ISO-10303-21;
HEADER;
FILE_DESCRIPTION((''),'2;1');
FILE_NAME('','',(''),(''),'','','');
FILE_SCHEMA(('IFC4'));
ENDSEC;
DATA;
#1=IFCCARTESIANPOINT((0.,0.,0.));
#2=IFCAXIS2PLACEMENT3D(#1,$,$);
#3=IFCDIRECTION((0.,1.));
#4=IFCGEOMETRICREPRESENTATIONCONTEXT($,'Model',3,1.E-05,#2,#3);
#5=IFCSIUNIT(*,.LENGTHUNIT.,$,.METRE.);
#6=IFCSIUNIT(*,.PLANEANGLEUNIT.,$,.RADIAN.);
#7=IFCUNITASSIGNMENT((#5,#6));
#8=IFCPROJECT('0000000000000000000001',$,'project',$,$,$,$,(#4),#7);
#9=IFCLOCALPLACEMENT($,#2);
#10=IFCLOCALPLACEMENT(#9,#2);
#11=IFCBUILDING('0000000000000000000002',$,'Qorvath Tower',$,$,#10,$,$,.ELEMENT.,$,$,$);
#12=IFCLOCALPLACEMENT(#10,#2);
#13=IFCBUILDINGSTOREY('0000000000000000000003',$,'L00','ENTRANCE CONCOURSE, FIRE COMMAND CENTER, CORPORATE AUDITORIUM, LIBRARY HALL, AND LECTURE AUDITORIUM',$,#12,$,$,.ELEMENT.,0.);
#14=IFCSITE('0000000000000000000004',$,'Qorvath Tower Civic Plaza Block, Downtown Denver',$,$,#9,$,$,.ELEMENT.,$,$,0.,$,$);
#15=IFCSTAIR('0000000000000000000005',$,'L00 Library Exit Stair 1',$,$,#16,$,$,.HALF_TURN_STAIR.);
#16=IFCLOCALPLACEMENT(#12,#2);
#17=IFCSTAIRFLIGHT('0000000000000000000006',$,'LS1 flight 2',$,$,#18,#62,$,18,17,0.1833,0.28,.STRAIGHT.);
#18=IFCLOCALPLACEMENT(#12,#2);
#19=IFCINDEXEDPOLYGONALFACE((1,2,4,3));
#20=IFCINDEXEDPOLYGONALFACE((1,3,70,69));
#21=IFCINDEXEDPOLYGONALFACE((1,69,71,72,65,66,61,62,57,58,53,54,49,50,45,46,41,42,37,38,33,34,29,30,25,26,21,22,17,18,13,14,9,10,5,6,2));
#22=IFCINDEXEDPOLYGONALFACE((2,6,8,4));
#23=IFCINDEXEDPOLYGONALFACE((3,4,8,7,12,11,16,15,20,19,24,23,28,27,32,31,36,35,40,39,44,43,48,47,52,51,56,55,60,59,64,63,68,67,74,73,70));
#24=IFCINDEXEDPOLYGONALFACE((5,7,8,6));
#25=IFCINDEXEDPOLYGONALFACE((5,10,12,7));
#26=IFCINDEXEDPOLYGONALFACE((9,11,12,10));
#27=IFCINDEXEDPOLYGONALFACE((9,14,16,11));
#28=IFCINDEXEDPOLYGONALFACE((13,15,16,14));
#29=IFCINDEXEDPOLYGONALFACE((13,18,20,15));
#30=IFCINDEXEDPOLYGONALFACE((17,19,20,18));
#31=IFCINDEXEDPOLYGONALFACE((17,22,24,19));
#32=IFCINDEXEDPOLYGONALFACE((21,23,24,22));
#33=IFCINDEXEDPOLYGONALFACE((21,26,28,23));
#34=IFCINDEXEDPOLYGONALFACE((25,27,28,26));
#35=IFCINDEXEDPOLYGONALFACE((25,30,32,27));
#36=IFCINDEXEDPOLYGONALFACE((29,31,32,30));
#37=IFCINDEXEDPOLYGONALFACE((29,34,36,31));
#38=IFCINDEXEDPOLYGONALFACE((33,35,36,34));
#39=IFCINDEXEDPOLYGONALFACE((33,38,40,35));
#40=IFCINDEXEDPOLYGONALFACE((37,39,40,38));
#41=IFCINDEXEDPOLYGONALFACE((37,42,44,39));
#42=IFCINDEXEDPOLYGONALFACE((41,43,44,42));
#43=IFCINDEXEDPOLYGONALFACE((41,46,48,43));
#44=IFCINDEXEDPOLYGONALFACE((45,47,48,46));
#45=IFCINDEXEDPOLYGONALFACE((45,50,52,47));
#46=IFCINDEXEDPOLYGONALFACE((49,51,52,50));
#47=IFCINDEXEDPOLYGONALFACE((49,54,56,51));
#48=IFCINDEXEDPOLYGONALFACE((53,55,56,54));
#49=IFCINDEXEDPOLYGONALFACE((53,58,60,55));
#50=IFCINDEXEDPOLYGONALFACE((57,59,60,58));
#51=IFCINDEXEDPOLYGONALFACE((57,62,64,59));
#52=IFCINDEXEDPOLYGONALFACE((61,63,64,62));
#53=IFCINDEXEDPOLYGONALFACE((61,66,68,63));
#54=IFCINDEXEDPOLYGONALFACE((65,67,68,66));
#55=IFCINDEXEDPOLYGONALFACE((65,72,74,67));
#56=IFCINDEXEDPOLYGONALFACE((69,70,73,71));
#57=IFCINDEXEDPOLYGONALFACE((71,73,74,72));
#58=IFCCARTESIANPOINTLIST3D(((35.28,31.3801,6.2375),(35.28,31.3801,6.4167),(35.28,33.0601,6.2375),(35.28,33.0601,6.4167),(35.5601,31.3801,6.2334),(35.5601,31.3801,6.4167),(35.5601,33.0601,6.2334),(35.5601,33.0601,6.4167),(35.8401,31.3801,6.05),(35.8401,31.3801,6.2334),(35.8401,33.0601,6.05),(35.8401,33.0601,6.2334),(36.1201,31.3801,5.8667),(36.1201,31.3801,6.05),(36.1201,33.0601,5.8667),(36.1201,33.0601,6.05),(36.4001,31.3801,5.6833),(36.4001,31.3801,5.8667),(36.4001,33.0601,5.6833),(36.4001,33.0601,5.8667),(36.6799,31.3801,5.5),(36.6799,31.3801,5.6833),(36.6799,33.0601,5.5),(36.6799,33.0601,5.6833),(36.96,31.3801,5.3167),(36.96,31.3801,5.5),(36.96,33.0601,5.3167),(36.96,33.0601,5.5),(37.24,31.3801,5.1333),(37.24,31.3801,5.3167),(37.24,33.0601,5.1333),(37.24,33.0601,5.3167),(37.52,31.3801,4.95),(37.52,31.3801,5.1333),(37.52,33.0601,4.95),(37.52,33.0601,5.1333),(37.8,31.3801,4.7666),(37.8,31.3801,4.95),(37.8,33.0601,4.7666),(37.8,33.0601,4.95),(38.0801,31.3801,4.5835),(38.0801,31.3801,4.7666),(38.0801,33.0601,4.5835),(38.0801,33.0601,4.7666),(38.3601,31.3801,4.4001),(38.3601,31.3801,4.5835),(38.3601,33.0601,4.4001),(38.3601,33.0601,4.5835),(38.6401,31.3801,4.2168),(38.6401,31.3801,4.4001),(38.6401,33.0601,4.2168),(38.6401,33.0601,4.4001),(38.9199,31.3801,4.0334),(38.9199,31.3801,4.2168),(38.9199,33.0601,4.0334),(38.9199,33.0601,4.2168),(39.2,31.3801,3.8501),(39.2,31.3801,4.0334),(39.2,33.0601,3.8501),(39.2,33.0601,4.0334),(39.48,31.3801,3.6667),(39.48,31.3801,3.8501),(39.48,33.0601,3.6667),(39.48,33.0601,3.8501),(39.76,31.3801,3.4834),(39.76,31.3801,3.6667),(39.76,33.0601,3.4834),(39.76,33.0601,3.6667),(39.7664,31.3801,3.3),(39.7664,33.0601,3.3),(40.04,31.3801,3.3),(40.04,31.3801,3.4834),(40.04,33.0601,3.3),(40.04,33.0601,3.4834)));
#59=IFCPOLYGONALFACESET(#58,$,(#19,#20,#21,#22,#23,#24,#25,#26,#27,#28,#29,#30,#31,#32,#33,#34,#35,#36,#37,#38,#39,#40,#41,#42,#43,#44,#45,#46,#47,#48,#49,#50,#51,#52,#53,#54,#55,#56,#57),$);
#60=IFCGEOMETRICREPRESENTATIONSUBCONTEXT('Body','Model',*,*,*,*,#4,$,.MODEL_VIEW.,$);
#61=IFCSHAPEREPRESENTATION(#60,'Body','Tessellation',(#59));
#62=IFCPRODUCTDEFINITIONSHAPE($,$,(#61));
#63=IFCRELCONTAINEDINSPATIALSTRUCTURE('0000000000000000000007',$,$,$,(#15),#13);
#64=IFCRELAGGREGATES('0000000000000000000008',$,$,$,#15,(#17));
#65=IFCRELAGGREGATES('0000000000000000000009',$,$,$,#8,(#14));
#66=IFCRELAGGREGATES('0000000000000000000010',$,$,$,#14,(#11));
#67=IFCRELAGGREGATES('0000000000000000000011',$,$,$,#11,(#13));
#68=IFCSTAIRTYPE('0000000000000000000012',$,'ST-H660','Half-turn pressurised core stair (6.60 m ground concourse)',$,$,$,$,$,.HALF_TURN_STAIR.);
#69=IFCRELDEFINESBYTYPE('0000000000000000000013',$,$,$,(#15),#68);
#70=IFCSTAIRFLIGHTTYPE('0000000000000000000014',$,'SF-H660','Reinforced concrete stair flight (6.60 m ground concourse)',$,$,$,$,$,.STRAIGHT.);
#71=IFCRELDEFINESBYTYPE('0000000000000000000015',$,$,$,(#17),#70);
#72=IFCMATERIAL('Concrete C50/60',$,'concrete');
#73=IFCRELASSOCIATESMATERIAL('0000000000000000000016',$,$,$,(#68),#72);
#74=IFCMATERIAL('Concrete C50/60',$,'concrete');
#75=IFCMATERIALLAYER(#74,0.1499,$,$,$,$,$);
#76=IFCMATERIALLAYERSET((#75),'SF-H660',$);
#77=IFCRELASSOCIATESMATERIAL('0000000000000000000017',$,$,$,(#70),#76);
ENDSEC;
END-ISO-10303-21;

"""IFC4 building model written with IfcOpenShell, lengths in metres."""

from ifc_helpers import new_model, si_unit, direction, frame, origin, place, context, subcontext, project, spatial, polyline, outline, extrude, material, layer, layer_set, type_object, element, aggregate, save


model = new_model("IFC4")

# Units and contexts
model_context = context("Model", 3, precision=1e-05, world=origin(), true_north=direction((0.0, 1.0)))
body_context = subcontext(model_context, "Body", "Model", "MODEL_VIEW")
ifc_project = project(units=[si_unit("LENGTHUNIT", "METRE"), si_unit("PLANEANGLEUNIT", "RADIAN")], contexts=[model_context])

# Site, building, storey
site_placement = place(None, origin())
site = spatial("IfcSite", under=ifc_project, at=site_placement, Name="Qorvath Tower Civic Plaza Block, Downtown Denver", CompositionType="ELEMENT", RefElevation=0.0)
building_placement = place(site_placement, origin())
building = spatial("IfcBuilding", under=site, at=building_placement, Name="Qorvath Tower", CompositionType="ELEMENT")
storey_placement = place(building_placement, origin())
storey = spatial("IfcBuildingStorey", under=building, at=storey_placement, Name="L00", Description="ENTRANCE CONCOURSE, FIRE COMMAND CENTER, CORPORATE AUDITORIUM, LIBRARY HALL, AND LECTURE AUDITORIUM", CompositionType="ELEMENT", Elevation=0.0)

# Stair, stair flight
ifc_material_1 = material(Name="Concrete C50/60", Category="concrete")
stair_type = type_object("IfcStairType", Name="ST-H660", Description="Half-turn pressurised core stair (6.60 m ground concourse)", PredefinedType="HALF_TURN_STAIR", material=ifc_material_1)
stair_placement = place(storey_placement, origin())
stair = element("IfcStair", 1, at=stair_placement, inside=storey, type_object=stair_type, Name="L00 Library Exit Stair 1", PredefinedType="HALF_TURN_STAIR")
ifc_material_2 = material(Name="Concrete C50/60", Category="concrete")
ifc_layer_1 = layer(ifc_material_2, 0.1499)
ifc_layer_set_1 = layer_set([ifc_layer_1], Name="SF-H660")
stair_flight_type = type_object("IfcStairFlightType", Name="SF-H660", Description="Reinforced concrete stair flight (6.60 m ground concourse)", PredefinedType="STRAIGHT", material=ifc_layer_set_1)
stair_flight_1_placement = place(storey_placement, frame((40.04, 32.22, 3.3), z_axis=(0.0, 0.0, 1.0), x_axis=(-1.0, 0.0, 0.0)))
stair_flight_1 = element("IfcStairFlight", 2, at=stair_flight_1_placement, type_object=stair_flight_type, Name="LS1 flight 2", NumberOfRisers=18, NumberOfTreads=17, PredefinedType="STRAIGHT", RiserHeight=0.1833, TreadLength=0.28, context=body_context, shape_type="SweptSolid", body=[
    extrude(outline(polyline([(0.0, 0.0), (0.0, 0.1833), (0.28, 0.1833), (0.28, 0.3667), (0.5601, 0.3667), (0.5601, 0.55), (0.8401, 0.55), (0.8401, 0.7334), (1.1201, 0.7334), (1.1201, 0.9167), (1.3999, 0.9167), (1.3999, 1.1001), (1.6799, 1.1001), (1.6799, 1.2834), (1.96, 1.2834), (1.96, 1.4666), (2.24, 1.4666), (2.24, 1.6499), (2.52, 1.6499), (2.52, 1.8333), (2.8, 1.8333), (2.8, 2.0166), (3.0801, 2.0166), (3.0801, 2.2), (3.3601, 2.2), (3.3601, 2.3833), (3.6399, 2.3833), (3.6399, 2.5667), (3.9199, 2.5667), (3.9199, 2.75), (4.2, 2.75), (4.2, 2.9333), (4.48, 2.9333), (4.48, 3.1167), (4.76, 3.1167), (4.76, 3.3), (4.76, 2.9375), (0.2737, 0.0), (0.0, 0.0)])), frame((0.0, 0.8398, 0.0), z_axis=(0.0, -1.0, 0.0), x_axis=(1.0, 0.0, 0.0)), (0.0, 0.0, 1.0), 1.6799),
])
aggregate(stair, [stair_flight_1])

save(model, "model.ifc")
